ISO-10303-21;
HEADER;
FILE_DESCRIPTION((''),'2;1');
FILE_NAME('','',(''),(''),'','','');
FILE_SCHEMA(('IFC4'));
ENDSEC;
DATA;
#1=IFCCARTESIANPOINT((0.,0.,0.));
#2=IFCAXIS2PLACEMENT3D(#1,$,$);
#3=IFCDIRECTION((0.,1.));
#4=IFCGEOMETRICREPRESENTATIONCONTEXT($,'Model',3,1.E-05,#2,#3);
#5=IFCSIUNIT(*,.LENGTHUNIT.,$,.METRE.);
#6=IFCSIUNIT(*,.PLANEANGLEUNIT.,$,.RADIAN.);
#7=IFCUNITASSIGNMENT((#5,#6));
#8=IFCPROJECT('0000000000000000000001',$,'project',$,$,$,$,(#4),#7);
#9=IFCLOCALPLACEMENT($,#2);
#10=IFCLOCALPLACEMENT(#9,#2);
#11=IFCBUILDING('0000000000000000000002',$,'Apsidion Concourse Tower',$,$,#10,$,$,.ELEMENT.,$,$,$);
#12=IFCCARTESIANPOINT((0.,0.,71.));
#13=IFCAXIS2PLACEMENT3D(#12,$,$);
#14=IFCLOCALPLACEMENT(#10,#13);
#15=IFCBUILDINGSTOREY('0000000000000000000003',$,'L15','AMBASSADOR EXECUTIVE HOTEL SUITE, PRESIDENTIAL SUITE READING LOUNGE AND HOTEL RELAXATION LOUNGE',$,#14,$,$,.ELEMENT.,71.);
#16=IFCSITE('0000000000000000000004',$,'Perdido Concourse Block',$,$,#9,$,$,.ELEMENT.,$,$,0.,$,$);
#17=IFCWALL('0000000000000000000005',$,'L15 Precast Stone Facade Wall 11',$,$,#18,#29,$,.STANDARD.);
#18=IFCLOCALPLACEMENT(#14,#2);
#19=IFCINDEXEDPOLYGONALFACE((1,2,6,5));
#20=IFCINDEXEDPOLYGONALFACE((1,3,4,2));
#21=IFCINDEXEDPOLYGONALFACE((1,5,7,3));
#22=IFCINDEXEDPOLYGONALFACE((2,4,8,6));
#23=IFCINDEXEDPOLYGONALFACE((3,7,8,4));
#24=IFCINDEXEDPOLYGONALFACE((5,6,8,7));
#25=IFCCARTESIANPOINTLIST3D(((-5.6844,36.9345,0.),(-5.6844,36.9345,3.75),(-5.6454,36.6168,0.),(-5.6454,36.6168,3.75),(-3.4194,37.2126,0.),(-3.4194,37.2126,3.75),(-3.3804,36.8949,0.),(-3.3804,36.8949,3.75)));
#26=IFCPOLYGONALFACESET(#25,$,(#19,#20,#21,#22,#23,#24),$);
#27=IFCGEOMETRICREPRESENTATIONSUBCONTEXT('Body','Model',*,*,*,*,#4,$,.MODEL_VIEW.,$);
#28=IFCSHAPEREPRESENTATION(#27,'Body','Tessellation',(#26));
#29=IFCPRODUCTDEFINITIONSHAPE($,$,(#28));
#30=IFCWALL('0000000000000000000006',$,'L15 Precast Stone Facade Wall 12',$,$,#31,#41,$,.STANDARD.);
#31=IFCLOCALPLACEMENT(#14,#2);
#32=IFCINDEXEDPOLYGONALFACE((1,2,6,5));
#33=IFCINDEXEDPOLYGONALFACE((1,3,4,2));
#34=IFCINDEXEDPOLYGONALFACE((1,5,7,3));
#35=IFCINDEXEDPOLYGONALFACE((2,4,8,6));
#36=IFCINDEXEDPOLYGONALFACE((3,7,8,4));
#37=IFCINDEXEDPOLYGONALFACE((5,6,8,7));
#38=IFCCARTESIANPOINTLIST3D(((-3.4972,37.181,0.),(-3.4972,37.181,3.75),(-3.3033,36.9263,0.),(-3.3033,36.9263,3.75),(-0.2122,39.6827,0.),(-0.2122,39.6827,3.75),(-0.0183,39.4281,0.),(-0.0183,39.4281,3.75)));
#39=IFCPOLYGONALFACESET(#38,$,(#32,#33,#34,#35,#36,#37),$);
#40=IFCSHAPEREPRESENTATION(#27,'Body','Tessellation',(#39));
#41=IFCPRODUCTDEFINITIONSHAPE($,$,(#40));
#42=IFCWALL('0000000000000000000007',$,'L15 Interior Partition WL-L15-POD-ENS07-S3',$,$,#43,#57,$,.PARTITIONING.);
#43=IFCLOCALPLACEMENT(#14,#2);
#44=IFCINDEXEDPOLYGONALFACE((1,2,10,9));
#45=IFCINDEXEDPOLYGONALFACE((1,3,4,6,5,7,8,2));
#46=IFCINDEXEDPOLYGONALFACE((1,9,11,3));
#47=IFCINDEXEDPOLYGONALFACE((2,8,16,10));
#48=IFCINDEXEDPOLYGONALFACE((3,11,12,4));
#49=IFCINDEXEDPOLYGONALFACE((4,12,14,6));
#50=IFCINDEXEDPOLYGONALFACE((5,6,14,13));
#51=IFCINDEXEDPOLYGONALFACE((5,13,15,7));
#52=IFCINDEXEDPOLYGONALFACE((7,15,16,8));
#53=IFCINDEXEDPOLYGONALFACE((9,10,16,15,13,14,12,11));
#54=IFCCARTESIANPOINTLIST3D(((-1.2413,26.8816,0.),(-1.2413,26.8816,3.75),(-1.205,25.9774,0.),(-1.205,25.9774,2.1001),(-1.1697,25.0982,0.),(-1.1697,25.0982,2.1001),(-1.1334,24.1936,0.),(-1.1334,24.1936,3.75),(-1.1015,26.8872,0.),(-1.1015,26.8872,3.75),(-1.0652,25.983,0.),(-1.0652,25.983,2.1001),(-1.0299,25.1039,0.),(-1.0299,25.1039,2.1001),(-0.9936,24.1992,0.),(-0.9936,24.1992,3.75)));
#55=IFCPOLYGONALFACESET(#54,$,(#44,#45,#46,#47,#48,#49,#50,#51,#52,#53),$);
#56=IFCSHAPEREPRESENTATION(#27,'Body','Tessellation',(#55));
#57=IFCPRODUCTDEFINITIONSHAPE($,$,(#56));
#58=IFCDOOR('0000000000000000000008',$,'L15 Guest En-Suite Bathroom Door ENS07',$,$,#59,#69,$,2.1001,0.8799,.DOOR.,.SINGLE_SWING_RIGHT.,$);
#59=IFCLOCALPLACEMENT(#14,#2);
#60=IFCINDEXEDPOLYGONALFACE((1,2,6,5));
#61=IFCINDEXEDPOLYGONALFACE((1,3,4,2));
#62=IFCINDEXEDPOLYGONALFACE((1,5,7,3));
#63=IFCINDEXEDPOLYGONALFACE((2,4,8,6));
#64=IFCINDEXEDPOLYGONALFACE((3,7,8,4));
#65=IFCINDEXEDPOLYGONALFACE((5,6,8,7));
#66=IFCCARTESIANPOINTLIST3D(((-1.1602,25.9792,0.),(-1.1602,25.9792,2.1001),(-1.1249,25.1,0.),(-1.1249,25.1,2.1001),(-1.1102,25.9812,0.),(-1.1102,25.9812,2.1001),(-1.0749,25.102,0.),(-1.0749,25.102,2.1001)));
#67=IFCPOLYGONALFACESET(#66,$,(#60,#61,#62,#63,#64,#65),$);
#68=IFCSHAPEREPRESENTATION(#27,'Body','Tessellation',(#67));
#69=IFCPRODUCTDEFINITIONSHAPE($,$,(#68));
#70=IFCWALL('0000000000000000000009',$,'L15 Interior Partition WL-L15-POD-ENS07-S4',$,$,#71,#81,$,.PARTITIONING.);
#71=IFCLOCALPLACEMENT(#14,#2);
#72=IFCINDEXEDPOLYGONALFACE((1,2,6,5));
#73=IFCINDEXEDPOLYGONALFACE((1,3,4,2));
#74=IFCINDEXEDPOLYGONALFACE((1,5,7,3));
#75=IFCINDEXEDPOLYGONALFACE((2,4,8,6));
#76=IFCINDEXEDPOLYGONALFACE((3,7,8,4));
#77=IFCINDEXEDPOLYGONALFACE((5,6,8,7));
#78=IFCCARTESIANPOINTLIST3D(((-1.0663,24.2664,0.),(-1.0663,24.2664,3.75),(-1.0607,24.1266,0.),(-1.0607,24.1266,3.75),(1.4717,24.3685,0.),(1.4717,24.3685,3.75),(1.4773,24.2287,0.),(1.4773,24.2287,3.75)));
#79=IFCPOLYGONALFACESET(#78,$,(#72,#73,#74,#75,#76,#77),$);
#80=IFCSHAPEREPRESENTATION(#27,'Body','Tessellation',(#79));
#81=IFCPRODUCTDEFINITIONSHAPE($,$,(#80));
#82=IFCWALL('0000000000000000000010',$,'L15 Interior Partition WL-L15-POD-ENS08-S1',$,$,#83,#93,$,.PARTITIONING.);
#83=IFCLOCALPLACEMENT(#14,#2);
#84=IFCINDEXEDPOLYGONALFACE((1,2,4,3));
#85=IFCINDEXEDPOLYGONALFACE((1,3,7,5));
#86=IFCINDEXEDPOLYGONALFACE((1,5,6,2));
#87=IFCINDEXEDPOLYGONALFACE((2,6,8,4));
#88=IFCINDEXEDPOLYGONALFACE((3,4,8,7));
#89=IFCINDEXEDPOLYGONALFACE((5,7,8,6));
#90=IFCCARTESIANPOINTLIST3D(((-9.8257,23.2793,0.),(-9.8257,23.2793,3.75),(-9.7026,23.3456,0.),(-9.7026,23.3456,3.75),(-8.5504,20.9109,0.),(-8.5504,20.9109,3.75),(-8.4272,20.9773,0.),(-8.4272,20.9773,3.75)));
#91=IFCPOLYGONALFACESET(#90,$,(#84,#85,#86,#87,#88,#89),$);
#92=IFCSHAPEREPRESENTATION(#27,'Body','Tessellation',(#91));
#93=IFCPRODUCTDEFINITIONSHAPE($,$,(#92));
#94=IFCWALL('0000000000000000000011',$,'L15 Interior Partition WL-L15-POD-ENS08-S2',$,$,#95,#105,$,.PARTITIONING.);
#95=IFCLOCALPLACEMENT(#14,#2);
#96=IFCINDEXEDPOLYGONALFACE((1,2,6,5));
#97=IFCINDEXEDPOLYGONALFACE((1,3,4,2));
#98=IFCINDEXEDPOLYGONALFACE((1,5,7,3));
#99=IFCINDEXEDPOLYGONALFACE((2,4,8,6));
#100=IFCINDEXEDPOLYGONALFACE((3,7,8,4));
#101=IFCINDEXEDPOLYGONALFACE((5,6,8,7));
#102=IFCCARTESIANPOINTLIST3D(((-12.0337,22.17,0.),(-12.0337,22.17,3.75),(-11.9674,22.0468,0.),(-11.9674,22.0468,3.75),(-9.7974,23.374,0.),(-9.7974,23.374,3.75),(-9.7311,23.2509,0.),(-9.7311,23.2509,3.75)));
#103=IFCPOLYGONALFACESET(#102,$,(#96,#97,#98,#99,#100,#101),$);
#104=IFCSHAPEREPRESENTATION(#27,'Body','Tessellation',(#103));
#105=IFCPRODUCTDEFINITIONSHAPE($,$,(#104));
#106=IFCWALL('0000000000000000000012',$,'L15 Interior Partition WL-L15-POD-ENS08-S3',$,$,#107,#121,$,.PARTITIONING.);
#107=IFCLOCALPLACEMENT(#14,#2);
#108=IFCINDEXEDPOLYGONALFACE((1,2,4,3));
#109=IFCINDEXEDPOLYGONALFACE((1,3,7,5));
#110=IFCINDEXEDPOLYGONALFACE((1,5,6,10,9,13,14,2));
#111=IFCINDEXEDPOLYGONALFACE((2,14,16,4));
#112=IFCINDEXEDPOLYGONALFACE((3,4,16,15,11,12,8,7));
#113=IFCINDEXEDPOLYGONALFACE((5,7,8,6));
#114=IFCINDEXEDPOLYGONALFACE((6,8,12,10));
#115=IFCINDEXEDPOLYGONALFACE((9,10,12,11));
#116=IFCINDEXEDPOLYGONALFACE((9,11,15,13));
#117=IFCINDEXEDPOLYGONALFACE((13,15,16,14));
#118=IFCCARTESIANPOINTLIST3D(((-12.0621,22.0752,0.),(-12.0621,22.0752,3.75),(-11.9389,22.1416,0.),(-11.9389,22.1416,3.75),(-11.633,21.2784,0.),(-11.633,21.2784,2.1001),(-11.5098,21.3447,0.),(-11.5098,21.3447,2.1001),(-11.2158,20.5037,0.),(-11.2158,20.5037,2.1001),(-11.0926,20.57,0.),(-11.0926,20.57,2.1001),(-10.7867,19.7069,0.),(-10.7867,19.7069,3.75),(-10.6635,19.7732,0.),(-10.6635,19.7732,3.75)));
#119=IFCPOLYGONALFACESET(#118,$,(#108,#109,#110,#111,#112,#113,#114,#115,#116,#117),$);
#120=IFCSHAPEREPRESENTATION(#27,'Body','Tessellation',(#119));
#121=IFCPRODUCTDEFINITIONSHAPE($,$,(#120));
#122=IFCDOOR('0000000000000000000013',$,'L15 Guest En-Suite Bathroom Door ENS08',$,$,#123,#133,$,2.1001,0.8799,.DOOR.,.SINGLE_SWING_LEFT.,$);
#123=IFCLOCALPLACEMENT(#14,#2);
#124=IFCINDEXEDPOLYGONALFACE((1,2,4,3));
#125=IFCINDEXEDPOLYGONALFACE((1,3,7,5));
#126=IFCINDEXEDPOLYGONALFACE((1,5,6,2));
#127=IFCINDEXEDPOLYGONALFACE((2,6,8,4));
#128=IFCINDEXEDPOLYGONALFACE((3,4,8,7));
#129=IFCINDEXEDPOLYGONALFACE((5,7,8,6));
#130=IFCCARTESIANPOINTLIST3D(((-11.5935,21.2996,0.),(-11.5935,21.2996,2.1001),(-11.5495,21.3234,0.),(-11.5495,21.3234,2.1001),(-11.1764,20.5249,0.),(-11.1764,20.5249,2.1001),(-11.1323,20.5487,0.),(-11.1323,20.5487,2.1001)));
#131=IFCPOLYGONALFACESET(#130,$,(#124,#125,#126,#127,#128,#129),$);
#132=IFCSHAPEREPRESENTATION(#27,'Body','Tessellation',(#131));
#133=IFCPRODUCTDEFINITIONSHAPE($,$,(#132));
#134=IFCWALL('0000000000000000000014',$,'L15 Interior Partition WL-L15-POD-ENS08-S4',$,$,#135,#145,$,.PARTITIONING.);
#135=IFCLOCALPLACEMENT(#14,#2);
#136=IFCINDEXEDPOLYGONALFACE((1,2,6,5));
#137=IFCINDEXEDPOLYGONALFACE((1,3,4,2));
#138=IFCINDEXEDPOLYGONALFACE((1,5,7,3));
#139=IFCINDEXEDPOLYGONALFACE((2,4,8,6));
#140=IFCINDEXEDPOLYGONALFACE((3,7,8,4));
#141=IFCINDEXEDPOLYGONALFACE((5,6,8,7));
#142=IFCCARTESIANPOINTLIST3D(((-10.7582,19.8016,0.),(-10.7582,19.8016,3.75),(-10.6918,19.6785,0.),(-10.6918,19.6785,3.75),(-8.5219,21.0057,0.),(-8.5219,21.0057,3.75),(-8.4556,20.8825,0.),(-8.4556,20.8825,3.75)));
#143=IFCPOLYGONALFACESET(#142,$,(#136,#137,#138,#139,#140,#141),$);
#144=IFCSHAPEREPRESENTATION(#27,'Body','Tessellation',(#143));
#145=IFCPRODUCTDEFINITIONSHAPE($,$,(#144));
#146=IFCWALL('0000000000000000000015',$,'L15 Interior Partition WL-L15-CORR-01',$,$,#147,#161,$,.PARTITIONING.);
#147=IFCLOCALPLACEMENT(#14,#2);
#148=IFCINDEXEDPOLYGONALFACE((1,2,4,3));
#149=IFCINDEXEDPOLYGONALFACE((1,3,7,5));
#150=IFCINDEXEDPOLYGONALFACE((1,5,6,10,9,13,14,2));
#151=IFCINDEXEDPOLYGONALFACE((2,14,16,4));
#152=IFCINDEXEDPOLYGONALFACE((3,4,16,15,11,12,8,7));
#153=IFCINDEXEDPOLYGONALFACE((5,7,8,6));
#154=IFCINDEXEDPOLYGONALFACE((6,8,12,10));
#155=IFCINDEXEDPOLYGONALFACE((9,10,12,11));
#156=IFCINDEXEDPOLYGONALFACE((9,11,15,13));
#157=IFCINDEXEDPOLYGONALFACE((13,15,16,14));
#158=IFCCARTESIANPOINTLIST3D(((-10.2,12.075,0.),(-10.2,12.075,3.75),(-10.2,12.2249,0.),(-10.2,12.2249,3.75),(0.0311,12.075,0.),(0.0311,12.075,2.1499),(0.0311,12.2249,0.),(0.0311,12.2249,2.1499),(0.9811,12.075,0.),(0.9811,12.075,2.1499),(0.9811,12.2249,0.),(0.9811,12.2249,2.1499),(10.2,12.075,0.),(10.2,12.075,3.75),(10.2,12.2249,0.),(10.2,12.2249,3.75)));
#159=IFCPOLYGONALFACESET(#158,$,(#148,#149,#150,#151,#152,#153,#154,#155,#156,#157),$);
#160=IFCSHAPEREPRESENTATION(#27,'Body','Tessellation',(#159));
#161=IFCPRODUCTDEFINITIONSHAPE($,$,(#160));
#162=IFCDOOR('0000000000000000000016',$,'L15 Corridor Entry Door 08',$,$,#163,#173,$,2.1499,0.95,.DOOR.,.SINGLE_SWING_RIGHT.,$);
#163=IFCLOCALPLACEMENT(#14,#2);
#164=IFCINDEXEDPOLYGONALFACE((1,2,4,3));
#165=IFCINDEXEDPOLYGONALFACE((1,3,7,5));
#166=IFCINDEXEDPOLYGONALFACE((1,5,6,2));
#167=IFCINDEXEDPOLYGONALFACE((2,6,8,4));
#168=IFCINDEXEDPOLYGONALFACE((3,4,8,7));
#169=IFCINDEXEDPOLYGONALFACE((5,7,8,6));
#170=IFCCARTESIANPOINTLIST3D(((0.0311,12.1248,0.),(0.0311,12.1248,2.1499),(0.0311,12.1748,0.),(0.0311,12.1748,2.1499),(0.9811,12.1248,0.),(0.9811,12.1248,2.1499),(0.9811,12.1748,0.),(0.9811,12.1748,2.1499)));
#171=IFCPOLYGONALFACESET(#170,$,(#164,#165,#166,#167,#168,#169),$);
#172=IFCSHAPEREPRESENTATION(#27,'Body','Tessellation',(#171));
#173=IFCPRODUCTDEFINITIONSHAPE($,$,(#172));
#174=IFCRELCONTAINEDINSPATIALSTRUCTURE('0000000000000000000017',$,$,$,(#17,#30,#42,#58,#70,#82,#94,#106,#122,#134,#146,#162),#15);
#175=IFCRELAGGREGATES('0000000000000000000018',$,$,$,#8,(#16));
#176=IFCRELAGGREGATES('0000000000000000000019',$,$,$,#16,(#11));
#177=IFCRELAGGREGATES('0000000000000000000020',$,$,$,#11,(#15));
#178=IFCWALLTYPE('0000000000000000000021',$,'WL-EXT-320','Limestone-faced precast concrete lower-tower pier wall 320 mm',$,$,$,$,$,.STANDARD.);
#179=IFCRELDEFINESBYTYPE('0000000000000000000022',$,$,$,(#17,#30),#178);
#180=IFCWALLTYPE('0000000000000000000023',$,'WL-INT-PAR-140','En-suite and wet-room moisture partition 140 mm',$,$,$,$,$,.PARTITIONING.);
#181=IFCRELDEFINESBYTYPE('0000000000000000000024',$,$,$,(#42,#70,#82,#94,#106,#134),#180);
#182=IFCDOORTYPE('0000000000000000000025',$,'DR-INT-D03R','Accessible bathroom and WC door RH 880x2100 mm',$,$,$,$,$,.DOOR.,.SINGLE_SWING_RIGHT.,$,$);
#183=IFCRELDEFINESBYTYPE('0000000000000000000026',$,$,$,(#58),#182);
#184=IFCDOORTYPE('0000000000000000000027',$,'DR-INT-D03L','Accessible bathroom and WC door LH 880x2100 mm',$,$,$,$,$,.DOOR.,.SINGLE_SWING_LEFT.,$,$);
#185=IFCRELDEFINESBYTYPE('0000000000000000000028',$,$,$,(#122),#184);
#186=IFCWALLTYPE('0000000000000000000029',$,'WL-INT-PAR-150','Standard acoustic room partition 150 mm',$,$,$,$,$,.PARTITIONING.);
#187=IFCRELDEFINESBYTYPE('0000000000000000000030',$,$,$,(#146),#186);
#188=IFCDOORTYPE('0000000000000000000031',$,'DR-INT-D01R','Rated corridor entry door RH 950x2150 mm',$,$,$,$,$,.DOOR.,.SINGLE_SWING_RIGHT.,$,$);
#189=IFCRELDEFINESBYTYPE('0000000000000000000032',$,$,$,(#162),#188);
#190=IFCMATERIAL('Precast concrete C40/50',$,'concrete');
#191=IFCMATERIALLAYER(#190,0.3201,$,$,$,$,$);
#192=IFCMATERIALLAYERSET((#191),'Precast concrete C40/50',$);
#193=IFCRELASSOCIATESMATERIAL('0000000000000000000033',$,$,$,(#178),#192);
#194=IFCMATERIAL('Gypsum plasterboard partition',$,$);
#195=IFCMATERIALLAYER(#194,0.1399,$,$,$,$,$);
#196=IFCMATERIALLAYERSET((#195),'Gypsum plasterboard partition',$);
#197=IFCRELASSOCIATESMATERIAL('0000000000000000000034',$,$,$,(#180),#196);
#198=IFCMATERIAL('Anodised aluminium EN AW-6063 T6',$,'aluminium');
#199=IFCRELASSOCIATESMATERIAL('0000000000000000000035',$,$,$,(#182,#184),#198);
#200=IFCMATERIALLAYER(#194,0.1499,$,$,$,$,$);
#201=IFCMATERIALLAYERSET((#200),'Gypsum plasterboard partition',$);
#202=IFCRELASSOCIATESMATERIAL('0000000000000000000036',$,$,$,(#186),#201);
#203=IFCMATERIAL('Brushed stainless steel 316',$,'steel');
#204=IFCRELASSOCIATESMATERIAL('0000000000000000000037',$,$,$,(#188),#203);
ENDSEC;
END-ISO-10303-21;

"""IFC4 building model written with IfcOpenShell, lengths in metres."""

from ifc_helpers import new_model, si_unit, direction, frame, frame_2d, origin, place, context, subcontext, project, spatial, rectangle, extrude, material, layer, layer_set, type_object, element, fill, save


model = new_model("IFC4")

# Units and contexts
model_context = context("Model", 3, precision=1e-05, world=origin(), true_north=direction((0.0, 1.0)))
body_context = subcontext(model_context, "Body", "Model", "MODEL_VIEW")
ifc_project = project(units=[si_unit("LENGTHUNIT", "METRE"), si_unit("PLANEANGLEUNIT", "RADIAN")], contexts=[model_context])

# Site, building, storey
site_placement = place(None, origin())
site = spatial("IfcSite", under=ifc_project, at=site_placement, Name="Perdido Concourse Block", CompositionType="ELEMENT", RefElevation=0.0)
building_placement = place(site_placement, origin())
building = spatial("IfcBuilding", under=site, at=building_placement, Name="Apsidion Concourse Tower", CompositionType="ELEMENT")
storey_placement = place(building_placement, frame((0.0, 0.0, 71.0)))
storey = spatial("IfcBuildingStorey", under=building, at=storey_placement, Name="L15", Description="AMBASSADOR EXECUTIVE HOTEL SUITE, PRESIDENTIAL SUITE READING LOUNGE AND HOTEL RELAXATION LOUNGE", CompositionType="ELEMENT", Elevation=71.0)

# Walls
ifc_material_1 = material(Name="Precast concrete C40/50", Category="concrete")
ifc_layer_1 = layer(ifc_material_1, 0.3201)
ifc_layer_set_1 = layer_set([ifc_layer_1], Name="Precast concrete C40/50")
wall_type_1 = type_object("IfcWallType", Name="WL-EXT-320", Description="Limestone-faced precast concrete lower-tower pier wall 320 mm", PredefinedType="STANDARD", material=ifc_layer_set_1)
wall_1_placement = place(storey_placement, frame((-5.665, 36.7756, 0.0), z_axis=(0.0, 0.0, 1.0), x_axis=(0.992547, 0.121862, 0.0)))
element("IfcWall", 1, at=wall_1_placement, inside=storey, type_object=wall_type_1, Name="L15 Precast Stone Facade Wall 11", PredefinedType="STANDARD", context=body_context, shape_type="SweptSolid", body=[
    extrude(rectangle(XDim=2.282, YDim=0.3201, at=frame_2d((1.1411, 0.0))), origin(), (0.0, 0.0, 1.0), 3.75),
])
wall_2_placement = place(storey_placement, frame((-3.4001, 37.0537, 0.0), z_axis=(0.0, 0.0, 1.0), x_axis=(0.795558, 0.605878, 0.0)))
element("IfcWall", 2, at=wall_2_placement, inside=storey, type_object=wall_type_1, Name="L15 Precast Stone Facade Wall 12", PredefinedType="STANDARD", context=body_context, shape_type="SweptSolid", body=[
    extrude(rectangle(XDim=4.1292, YDim=0.3201, at=frame_2d((2.0645, 0.0))), origin(), (0.0, 0.0, 1.0), 3.75),
])

# Wall, opening, door
ifc_material_2 = material(Name="Gypsum plasterboard partition")
ifc_layer_2 = layer(ifc_material_2, 0.1399)
ifc_layer_set_2 = layer_set([ifc_layer_2], Name="Gypsum plasterboard partition")
wall_type_2 = type_object("IfcWallType", Name="WL-INT-PAR-140", Description="En-suite and wet-room moisture partition 140 mm", PredefinedType="PARTITIONING", material=ifc_layer_set_2)
wall_3_placement = place(storey_placement, frame((-1.1714, 26.8845, 0.0), z_axis=(0.0, 0.0, 1.0), x_axis=(0.040113, -0.999195, 0.0)))
wall_3 = element("IfcWall", 3, at=wall_3_placement, inside=storey, type_object=wall_type_2, Name="L15 Interior Partition WL-L15-POD-ENS07-S3", PredefinedType="PARTITIONING", context=body_context, shape_type="SweptSolid", body=[
    extrude(rectangle(XDim=2.6902, YDim=0.1399, at=frame_2d((1.3452, 0.0))), origin(), (0.0, 0.0, 1.0), 3.75),
])
opening_1_placement = place(wall_3_placement, frame((0.905, 0.0, 0.0)))
opening_1 = element("IfcOpeningElement", 4, at=opening_1_placement, cuts=wall_3, PredefinedType="OPENING", context=body_context, shape_type="SweptSolid", body=[
    extrude(rectangle(XDim=0.8799, YDim=2.1001, at=frame_2d((0.4399, 1.05))), frame((0.0, 0.0801, 0.0), z_axis=(0.0, -1.0, 0.0), x_axis=(1.0, 0.0, 0.0)), (0.0, 0.0, 1.0), 0.1599),
])
ifc_material_3 = material(Name="Anodised aluminium EN AW-6063 T6", Category="aluminium")
door_type_1 = type_object("IfcDoorType", Name="DR-INT-D03R", Description="Accessible bathroom and WC door RH 880x2100 mm", OperationType="SINGLE_SWING_RIGHT", PredefinedType="DOOR", material=ifc_material_3)
door_1_placement = place(opening_1_placement, origin())
door_1 = element("IfcDoor", 5, at=door_1_placement, inside=storey, type_object=door_type_1, Name="L15 Guest En-Suite Bathroom Door ENS07", OperationType="SINGLE_SWING_RIGHT", OverallHeight=2.1001, OverallWidth=0.8799, PredefinedType="DOOR", context=body_context, shape_type="SweptSolid", body=[
    extrude(rectangle(XDim=0.8799, YDim=2.1001, at=frame_2d((0.4399, 1.05))), frame((0.0, 0.0249, 0.0), z_axis=(0.0, -1.0, 0.0), x_axis=(1.0, 0.0, 0.0)), (0.0, 0.0, 1.0), 0.05),
])
fill(opening_1, door_1)

# Walls
wall_4_placement = place(storey_placement, frame((-1.0635, 24.1965, 0.0), z_axis=(0.0, 0.0, 1.0), x_axis=(0.999193, 0.040175, 0.0)))
element("IfcWall", 6, at=wall_4_placement, inside=storey, type_object=wall_type_2, Name="L15 Interior Partition WL-L15-POD-ENS07-S4", PredefinedType="PARTITIONING", context=body_context, shape_type="SweptSolid", body=[
    extrude(rectangle(XDim=2.54, YDim=0.1399, at=frame_2d((1.27, 0.0))), origin(), (0.0, 0.0, 1.0), 3.75),
])
wall_5_placement = place(storey_placement, frame((-8.4888, 20.9441, 0.0), z_axis=(0.0, 0.0, 1.0), x_axis=(-0.474127, 0.880457, 0.0)))
element("IfcWall", 7, at=wall_5_placement, inside=storey, type_object=wall_type_2, Name="L15 Interior Partition WL-L15-POD-ENS08-S1", PredefinedType="PARTITIONING", context=body_context, shape_type="SweptSolid", body=[
    extrude(rectangle(XDim=2.6899, YDim=0.1399, at=frame_2d((1.345, 0.0))), origin(), (0.0, 0.0, 1.0), 3.75),
])
wall_6_placement = place(storey_placement, frame((-9.7642, 23.3125, 0.0), z_axis=(0.0, 0.0, 1.0), x_axis=(-0.880483, -0.474077, 0.0)))
element("IfcWall", 8, at=wall_6_placement, inside=storey, type_object=wall_type_2, Name="L15 Interior Partition WL-L15-POD-ENS08-S2", PredefinedType="PARTITIONING", context=body_context, shape_type="SweptSolid", body=[
    extrude(rectangle(XDim=2.5398, YDim=0.1399, at=frame_2d((1.27, 0.0))), origin(), (0.0, 0.0, 1.0), 3.75),
])

# Wall, opening, door
wall_7_placement = place(storey_placement, frame((-12.0005, 22.1084, 0.0), z_axis=(0.0, 0.0, 1.0), x_axis=(0.474127, -0.880457, 0.0)))
wall_7 = element("IfcWall", 9, at=wall_7_placement, inside=storey, type_object=wall_type_2, Name="L15 Interior Partition WL-L15-POD-ENS08-S3", PredefinedType="PARTITIONING", context=body_context, shape_type="SweptSolid", body=[
    extrude(rectangle(XDim=2.6899, YDim=0.1399, at=frame_2d((1.345, 0.0))), origin(), (0.0, 0.0, 1.0), 3.75),
])
opening_2_placement = place(wall_7_placement, frame((0.905, 0.0, 0.0)))
opening_2 = element("IfcOpeningElement", 10, at=opening_2_placement, cuts=wall_7, PredefinedType="OPENING", context=body_context, shape_type="SweptSolid", body=[
    extrude(rectangle(XDim=0.8799, YDim=2.1001, at=frame_2d((0.4399, 1.05))), frame((0.0, 0.0801, 0.0), z_axis=(0.0, -1.0, 0.0), x_axis=(1.0, 0.0, 0.0)), (0.0, 0.0, 1.0), 0.1599),
])
door_type_2 = type_object("IfcDoorType", Name="DR-INT-D03L", Description="Accessible bathroom and WC door LH 880x2100 mm", OperationType="SINGLE_SWING_LEFT", PredefinedType="DOOR", material=ifc_material_3)
door_2_placement = place(opening_2_placement, origin())
door_2 = element("IfcDoor", 11, at=door_2_placement, inside=storey, type_object=door_type_2, Name="L15 Guest En-Suite Bathroom Door ENS08", OperationType="SINGLE_SWING_LEFT", OverallHeight=2.1001, OverallWidth=0.8799, PredefinedType="DOOR", context=body_context, shape_type="SweptSolid", body=[
    extrude(rectangle(XDim=0.8799, YDim=2.1001, at=frame_2d((0.4399, 1.05))), frame((0.0, 0.0249, 0.0), z_axis=(0.0, -1.0, 0.0), x_axis=(1.0, 0.0, 0.0)), (0.0, 0.0, 1.0), 0.05),
])
fill(opening_2, door_2)

# Wall
wall_8_placement = place(storey_placement, frame((-10.7251, 19.74, 0.0), z_axis=(0.0, 0.0, 1.0), x_axis=(0.880483, 0.474077, 0.0)))
element("IfcWall", 12, at=wall_8_placement, inside=storey, type_object=wall_type_2, Name="L15 Interior Partition WL-L15-POD-ENS08-S4", PredefinedType="PARTITIONING", context=body_context, shape_type="SweptSolid", body=[
    extrude(rectangle(XDim=2.5398, YDim=0.1399, at=frame_2d((1.27, 0.0))), origin(), (0.0, 0.0, 1.0), 3.75),
])

# Wall, opening, door
ifc_layer_3 = layer(ifc_material_2, 0.1499)
ifc_layer_set_3 = layer_set([ifc_layer_3], Name="Gypsum plasterboard partition")
wall_type_3 = type_object("IfcWallType", Name="WL-INT-PAR-150", Description="Standard acoustic room partition 150 mm", PredefinedType="PARTITIONING", material=ifc_layer_set_3)
wall_9_placement = place(storey_placement, frame((-10.2, 12.1499, 0.0), z_axis=(0.0, 0.0, 1.0), x_axis=(1.0, 0.0, 0.0)))
wall_9 = element("IfcWall", 13, at=wall_9_placement, inside=storey, type_object=wall_type_3, Name="L15 Interior Partition WL-L15-CORR-01", PredefinedType="PARTITIONING", context=body_context, shape_type="SweptSolid", body=[
    extrude(rectangle(XDim=20.3999, YDim=0.1499, at=frame_2d((10.2, 0.0))), origin(), (0.0, 0.0, 1.0), 3.75),
])
opening_3_placement = place(wall_9_placement, frame((10.231, 0.0, 0.0)))
opening_3 = element("IfcOpeningElement", 14, at=opening_3_placement, cuts=wall_9, PredefinedType="OPENING", context=body_context, shape_type="SweptSolid", body=[
    extrude(rectangle(XDim=0.95, YDim=2.1499, at=frame_2d((0.4751, 1.075))), frame((0.0, 0.085, 0.0), z_axis=(0.0, -1.0, 0.0), x_axis=(1.0, 0.0, 0.0)), (0.0, 0.0, 1.0), 0.1699),
])
ifc_material_4 = material(Name="Brushed stainless steel 316", Category="steel")
door_type_3 = type_object("IfcDoorType", Name="DR-INT-D01R", Description="Rated corridor entry door RH 950x2150 mm", OperationType="SINGLE_SWING_RIGHT", PredefinedType="DOOR", material=ifc_material_4)
door_3_placement = place(opening_3_placement, origin())
door_3 = element("IfcDoor", 15, at=door_3_placement, inside=storey, type_object=door_type_3, Name="L15 Corridor Entry Door 08", OperationType="SINGLE_SWING_RIGHT", OverallHeight=2.1499, OverallWidth=0.95, PredefinedType="DOOR", context=body_context, shape_type="SweptSolid", body=[
    extrude(rectangle(XDim=0.95, YDim=2.1499, at=frame_2d((0.4751, 1.075))), frame((0.0, 0.0249, 0.0), z_axis=(0.0, -1.0, 0.0), x_axis=(1.0, 0.0, 0.0)), (0.0, 0.0, 1.0), 0.05),
])
fill(opening_3, door_3)

save(model, "model.ifc")
